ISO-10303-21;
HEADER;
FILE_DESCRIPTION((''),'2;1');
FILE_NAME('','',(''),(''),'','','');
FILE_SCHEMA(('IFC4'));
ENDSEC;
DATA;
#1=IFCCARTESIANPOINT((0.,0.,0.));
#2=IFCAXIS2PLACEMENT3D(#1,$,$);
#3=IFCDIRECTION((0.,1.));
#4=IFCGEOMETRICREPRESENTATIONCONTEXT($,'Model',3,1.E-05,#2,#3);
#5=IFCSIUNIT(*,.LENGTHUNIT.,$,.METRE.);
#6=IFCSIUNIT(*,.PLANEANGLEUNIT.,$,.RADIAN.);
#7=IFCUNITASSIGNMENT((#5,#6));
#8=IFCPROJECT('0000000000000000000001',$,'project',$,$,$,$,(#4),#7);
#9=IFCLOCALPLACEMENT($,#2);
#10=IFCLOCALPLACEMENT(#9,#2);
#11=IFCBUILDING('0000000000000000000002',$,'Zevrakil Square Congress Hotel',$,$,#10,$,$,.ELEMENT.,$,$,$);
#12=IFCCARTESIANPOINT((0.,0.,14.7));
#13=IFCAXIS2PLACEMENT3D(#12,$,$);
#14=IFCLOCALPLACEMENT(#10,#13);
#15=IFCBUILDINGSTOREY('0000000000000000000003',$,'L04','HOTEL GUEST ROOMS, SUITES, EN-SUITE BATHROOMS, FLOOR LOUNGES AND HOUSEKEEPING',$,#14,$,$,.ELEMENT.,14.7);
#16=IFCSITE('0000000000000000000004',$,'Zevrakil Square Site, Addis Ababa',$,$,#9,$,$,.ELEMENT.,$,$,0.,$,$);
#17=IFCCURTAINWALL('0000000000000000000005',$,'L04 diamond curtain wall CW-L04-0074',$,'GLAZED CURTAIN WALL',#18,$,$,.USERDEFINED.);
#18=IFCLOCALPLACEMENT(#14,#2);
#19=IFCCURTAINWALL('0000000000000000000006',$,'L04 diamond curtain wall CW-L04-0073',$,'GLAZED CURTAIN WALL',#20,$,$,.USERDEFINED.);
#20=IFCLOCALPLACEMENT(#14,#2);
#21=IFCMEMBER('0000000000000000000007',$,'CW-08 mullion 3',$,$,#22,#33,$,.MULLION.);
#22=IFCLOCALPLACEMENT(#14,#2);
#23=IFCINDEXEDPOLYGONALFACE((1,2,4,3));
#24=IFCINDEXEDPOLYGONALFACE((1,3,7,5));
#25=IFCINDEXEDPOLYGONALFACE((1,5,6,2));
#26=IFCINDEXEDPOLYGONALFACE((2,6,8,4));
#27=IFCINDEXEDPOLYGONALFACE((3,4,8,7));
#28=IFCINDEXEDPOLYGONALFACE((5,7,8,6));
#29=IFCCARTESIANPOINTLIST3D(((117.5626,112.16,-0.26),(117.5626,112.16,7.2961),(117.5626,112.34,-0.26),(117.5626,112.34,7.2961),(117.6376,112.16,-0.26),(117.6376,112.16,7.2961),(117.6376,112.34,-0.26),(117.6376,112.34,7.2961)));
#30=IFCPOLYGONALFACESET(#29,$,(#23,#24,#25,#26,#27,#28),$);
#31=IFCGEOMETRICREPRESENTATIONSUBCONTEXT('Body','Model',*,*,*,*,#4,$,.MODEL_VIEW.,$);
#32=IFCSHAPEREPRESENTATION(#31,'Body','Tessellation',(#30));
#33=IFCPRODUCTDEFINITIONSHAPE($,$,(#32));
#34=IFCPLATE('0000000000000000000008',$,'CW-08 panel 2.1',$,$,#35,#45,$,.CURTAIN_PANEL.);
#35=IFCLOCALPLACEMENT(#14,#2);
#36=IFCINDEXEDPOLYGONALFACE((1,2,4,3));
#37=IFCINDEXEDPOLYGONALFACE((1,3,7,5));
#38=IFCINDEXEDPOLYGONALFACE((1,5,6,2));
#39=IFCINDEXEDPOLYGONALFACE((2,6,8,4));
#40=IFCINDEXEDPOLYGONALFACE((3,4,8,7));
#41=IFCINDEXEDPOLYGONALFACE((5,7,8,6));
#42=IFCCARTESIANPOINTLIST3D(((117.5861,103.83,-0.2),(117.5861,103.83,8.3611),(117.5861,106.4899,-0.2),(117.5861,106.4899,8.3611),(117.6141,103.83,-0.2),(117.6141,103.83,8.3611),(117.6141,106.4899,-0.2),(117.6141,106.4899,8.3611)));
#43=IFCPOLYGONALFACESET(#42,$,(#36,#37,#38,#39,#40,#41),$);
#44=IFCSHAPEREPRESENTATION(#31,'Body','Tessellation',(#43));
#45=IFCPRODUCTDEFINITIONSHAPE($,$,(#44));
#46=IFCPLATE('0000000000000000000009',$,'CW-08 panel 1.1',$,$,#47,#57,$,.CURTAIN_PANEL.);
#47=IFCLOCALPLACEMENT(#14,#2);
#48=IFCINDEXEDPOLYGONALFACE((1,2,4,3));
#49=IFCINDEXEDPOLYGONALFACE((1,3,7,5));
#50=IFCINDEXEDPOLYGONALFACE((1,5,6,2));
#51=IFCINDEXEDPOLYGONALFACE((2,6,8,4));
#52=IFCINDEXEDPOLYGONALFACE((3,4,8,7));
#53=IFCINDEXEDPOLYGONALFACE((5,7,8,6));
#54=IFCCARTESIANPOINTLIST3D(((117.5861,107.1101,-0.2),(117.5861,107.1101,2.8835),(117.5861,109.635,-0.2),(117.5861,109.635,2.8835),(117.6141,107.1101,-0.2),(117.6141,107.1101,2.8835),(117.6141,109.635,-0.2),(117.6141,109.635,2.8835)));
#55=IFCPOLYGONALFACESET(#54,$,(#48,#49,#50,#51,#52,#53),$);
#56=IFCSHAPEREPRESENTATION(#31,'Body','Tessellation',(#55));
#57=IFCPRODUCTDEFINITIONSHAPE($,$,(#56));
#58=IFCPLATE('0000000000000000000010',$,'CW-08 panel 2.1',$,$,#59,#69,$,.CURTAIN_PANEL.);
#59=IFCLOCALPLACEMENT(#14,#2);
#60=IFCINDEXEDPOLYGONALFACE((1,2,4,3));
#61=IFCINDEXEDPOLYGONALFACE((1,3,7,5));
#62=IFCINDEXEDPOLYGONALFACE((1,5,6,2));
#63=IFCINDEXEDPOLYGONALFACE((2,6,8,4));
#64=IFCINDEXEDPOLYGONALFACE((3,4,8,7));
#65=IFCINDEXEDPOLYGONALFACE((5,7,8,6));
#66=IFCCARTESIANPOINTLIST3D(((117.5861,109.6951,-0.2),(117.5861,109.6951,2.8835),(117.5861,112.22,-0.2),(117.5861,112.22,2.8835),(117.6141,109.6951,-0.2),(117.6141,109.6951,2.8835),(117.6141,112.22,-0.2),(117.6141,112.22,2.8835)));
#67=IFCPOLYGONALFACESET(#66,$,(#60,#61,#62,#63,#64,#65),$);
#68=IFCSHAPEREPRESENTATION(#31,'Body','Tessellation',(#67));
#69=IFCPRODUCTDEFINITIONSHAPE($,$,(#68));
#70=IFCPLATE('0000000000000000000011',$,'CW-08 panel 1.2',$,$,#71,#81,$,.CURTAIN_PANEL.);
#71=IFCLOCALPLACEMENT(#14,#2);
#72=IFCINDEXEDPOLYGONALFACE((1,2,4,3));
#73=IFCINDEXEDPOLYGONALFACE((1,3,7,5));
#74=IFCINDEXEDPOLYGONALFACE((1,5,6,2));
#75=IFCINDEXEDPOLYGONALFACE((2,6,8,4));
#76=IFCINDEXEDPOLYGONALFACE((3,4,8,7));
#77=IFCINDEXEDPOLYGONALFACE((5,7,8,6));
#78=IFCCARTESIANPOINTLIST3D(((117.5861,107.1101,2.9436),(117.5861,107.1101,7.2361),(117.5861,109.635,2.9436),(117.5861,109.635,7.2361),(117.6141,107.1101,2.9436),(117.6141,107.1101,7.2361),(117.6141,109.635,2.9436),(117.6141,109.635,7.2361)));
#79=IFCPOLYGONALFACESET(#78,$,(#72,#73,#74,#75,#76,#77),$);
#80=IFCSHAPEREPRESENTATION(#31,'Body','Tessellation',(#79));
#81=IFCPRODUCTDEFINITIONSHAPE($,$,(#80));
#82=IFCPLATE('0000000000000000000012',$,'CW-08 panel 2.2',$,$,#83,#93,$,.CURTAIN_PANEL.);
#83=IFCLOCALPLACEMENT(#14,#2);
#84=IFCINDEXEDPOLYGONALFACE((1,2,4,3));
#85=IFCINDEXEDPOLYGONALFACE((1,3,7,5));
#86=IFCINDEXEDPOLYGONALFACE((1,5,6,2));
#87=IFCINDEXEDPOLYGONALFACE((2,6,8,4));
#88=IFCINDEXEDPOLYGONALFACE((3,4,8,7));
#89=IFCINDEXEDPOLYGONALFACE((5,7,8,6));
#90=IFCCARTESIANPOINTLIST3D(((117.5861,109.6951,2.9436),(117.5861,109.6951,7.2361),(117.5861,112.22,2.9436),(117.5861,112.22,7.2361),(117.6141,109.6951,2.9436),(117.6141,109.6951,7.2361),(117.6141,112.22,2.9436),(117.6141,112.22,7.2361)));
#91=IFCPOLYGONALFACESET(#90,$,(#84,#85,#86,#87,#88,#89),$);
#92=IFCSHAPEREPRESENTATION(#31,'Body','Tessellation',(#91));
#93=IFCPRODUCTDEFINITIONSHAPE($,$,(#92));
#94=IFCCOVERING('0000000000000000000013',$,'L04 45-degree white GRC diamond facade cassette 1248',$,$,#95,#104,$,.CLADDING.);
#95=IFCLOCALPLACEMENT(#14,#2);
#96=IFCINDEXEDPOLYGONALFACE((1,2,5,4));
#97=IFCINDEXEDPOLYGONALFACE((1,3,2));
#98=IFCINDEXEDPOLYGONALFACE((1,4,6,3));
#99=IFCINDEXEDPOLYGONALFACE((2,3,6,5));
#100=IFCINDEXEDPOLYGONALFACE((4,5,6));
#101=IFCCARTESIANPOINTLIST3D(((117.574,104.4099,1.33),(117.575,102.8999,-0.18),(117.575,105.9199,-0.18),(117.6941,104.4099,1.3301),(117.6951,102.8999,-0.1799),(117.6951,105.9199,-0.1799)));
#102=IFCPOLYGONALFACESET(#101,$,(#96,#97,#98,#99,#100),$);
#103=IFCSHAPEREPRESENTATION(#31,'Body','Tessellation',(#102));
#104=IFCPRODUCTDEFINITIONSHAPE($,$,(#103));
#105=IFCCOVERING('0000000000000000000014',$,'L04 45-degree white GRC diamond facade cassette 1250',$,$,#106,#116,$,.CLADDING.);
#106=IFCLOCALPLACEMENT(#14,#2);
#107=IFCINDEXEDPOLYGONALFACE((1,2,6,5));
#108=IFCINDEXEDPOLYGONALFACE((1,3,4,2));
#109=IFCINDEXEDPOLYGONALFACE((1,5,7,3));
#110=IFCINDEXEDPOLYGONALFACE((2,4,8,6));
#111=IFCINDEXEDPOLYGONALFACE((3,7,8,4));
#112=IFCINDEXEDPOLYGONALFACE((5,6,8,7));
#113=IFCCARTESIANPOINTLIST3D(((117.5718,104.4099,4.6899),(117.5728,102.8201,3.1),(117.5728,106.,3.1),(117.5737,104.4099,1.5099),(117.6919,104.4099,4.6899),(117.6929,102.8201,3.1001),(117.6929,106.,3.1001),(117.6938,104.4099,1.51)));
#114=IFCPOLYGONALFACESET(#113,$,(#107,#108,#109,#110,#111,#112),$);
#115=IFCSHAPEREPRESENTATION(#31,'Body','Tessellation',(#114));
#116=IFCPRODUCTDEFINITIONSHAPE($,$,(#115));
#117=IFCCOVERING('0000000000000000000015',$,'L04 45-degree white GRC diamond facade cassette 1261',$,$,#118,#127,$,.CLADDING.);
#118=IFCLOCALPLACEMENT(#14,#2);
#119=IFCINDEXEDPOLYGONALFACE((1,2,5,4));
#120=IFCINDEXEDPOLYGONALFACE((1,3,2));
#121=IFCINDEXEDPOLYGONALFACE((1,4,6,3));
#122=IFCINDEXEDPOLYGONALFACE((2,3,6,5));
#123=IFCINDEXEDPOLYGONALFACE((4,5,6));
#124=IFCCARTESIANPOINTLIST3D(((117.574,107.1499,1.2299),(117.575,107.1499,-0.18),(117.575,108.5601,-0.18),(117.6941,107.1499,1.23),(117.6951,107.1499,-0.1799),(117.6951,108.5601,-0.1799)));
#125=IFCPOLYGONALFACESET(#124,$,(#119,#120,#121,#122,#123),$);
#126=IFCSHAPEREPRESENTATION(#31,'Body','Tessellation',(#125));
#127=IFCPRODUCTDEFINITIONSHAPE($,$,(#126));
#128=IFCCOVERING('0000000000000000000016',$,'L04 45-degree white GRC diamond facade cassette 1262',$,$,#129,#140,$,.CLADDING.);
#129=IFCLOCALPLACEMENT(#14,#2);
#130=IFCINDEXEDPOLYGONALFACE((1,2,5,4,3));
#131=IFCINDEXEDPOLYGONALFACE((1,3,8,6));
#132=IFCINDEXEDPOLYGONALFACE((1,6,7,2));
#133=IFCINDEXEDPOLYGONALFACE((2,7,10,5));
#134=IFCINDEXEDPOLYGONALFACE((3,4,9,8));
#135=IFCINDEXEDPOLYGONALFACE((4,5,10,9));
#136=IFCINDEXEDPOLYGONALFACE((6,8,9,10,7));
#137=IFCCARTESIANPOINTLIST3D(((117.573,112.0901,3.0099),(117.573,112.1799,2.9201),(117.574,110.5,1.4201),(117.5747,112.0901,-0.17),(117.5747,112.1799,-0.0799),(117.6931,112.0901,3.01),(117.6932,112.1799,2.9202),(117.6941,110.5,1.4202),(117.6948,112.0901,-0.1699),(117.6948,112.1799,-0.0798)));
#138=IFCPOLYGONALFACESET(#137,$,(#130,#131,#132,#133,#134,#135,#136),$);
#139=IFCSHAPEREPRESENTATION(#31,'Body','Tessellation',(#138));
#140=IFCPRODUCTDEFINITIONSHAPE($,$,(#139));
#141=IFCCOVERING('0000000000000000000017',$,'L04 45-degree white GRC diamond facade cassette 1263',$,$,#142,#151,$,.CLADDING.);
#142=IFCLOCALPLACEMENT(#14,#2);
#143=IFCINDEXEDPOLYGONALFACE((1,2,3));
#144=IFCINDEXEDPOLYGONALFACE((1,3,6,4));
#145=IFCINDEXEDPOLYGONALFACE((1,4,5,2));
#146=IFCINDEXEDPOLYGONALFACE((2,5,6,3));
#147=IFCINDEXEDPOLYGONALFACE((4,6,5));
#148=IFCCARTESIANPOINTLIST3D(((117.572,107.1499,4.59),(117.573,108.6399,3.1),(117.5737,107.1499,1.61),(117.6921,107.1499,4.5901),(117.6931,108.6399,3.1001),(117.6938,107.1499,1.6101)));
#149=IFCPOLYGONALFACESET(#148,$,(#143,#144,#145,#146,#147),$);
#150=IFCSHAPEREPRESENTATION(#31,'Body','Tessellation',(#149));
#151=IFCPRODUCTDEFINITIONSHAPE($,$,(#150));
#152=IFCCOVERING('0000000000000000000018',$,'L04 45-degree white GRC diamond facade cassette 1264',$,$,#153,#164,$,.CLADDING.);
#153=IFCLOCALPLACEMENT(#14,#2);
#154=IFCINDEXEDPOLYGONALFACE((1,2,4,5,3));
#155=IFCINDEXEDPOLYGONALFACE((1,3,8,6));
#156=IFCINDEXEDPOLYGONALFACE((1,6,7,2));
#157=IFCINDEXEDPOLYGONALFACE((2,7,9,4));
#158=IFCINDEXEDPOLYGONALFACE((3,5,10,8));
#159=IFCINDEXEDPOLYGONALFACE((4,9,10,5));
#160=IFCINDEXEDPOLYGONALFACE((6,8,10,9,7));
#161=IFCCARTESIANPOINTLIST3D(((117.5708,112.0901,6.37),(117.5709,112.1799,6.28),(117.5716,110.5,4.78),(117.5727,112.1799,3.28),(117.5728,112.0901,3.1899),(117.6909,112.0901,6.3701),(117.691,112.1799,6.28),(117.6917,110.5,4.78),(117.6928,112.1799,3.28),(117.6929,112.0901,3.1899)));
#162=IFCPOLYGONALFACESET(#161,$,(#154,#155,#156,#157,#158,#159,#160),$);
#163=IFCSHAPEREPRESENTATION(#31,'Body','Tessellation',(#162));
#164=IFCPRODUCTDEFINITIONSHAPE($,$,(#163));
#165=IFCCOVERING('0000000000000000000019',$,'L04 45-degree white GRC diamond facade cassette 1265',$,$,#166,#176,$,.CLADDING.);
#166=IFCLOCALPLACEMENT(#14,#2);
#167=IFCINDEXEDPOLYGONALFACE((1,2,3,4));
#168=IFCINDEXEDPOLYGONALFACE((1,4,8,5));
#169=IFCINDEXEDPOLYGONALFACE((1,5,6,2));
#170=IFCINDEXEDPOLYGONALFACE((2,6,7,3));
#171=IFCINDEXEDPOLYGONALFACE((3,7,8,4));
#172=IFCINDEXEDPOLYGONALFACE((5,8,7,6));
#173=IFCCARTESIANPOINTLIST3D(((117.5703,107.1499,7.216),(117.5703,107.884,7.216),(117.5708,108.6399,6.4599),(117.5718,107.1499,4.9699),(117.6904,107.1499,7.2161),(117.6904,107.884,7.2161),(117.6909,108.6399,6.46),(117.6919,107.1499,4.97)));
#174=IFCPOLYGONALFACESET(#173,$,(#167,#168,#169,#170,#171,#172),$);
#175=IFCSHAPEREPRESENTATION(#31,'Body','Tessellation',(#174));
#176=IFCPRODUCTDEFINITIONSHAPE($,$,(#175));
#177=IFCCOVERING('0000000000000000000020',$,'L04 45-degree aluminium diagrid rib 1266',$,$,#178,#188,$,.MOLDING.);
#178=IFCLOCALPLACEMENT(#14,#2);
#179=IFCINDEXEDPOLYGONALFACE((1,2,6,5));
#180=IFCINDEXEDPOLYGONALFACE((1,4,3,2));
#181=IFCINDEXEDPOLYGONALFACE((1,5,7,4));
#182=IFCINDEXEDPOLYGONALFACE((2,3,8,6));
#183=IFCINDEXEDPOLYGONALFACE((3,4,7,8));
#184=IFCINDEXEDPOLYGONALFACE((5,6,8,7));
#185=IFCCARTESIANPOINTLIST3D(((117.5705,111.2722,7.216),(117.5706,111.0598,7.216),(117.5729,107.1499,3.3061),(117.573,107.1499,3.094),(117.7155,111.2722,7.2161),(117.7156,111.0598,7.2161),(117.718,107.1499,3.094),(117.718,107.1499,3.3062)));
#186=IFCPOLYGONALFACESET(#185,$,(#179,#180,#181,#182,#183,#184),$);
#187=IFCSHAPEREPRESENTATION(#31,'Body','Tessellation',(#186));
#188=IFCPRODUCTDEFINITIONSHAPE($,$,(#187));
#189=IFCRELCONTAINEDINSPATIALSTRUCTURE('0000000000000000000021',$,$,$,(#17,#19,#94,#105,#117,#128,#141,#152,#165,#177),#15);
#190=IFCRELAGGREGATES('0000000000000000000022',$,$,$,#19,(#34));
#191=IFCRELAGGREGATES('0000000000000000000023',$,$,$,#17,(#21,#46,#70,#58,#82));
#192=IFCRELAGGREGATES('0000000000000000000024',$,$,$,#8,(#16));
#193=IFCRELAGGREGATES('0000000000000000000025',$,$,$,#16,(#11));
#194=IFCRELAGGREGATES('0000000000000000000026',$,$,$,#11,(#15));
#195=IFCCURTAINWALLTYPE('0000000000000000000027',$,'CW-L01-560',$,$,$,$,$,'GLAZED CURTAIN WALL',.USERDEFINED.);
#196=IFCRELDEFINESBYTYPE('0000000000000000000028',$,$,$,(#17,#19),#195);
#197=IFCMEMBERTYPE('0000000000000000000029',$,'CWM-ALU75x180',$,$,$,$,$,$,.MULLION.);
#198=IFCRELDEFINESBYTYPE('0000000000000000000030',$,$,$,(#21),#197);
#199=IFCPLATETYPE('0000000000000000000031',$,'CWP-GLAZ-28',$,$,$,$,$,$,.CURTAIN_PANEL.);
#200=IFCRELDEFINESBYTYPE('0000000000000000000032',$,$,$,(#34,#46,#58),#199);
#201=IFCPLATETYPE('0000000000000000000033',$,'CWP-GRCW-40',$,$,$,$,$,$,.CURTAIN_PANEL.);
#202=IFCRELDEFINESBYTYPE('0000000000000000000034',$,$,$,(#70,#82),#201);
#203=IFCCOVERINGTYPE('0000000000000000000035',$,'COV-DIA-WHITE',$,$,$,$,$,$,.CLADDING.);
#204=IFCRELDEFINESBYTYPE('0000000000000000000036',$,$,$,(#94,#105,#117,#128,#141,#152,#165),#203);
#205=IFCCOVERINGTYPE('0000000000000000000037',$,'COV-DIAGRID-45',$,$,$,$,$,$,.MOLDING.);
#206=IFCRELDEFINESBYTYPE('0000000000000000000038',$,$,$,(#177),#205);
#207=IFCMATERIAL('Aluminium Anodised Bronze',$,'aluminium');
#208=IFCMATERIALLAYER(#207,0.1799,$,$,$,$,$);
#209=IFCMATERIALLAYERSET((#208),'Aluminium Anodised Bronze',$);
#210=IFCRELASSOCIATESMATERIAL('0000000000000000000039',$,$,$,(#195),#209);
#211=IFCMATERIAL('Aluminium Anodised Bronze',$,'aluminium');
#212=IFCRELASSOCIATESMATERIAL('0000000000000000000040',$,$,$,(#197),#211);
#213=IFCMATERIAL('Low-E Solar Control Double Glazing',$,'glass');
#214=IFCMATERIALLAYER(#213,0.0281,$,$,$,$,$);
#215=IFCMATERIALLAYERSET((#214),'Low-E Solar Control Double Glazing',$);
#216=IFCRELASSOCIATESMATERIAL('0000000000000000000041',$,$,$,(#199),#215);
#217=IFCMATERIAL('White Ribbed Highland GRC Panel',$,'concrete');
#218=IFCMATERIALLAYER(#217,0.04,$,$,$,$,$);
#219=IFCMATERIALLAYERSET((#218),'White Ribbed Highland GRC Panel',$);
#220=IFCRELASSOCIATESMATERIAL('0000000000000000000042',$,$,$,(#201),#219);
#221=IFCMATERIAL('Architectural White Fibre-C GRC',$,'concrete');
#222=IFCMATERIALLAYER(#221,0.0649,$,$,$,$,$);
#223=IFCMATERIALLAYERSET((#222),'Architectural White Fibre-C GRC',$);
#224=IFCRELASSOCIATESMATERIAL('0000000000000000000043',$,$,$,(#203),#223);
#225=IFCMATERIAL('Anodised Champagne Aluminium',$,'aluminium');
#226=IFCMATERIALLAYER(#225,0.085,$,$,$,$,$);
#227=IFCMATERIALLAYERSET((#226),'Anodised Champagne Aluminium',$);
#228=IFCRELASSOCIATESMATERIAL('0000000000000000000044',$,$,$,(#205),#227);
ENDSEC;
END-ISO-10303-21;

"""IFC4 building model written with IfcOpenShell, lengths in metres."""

from ifc_helpers import new_model, si_unit, direction, frame, origin, origin_2d, place, context, subcontext, project, spatial, polyline, rectangle, outline, extrude, material, layer, layer_set, material_profile, profile_set, type_object, element, aggregate, save


model = new_model("IFC4")

# Units and contexts
model_context = context("Model", 3, precision=1e-05, world=origin(), true_north=direction((0.0, 1.0)))
body_context = subcontext(model_context, "Body", "Model", "MODEL_VIEW")
ifc_project = project(units=[si_unit("LENGTHUNIT", "METRE"), si_unit("PLANEANGLEUNIT", "RADIAN")], contexts=[model_context])

# Site, building, storey
site_placement = place(None, origin())
site = spatial("IfcSite", under=ifc_project, at=site_placement, Name="Zevrakil Square Site, Addis Ababa", CompositionType="ELEMENT", RefElevation=0.0)
building_placement = place(site_placement, origin())
building = spatial("IfcBuilding", under=site, at=building_placement, Name="Zevrakil Square Congress Hotel", CompositionType="ELEMENT")
storey_placement = place(building_placement, frame((0.0, 0.0, 14.7)))
storey = spatial("IfcBuildingStorey", under=building, at=storey_placement, Name="L04", Description="HOTEL GUEST ROOMS, SUITES, EN-SUITE BATHROOMS, FLOOR LOUNGES AND HOUSEKEEPING", CompositionType="ELEMENT", Elevation=14.7)

# Curtain wall
ifc_material_1 = material(Name="Aluminium Anodised Bronze", Category="aluminium")
ifc_layer_1 = layer(ifc_material_1, 0.1799)
ifc_layer_set_1 = layer_set([ifc_layer_1], Name="Aluminium Anodised Bronze")
curtain_wall_type = type_object("IfcCurtainWallType", Name="CW-L01-560", ElementType="GLAZED CURTAIN WALL", PredefinedType="USERDEFINED", material=ifc_layer_set_1)
curtain_wall_1_placement = place(storey_placement, origin())
curtain_wall_1 = element("IfcCurtainWall", 1, at=curtain_wall_1_placement, inside=storey, type_object=curtain_wall_type, Name="L04 diamond curtain wall CW-L04-0074", ObjectType="GLAZED CURTAIN WALL", PredefinedType="USERDEFINED")

# Curtain wall
curtain_wall_2_placement = place(storey_placement, origin())
curtain_wall_2 = element("IfcCurtainWall", 2, at=curtain_wall_2_placement, inside=storey, type_object=curtain_wall_type, Name="L04 diamond curtain wall CW-L04-0073", ObjectType="GLAZED CURTAIN WALL", PredefinedType="USERDEFINED")
ifc_material_2 = material(Name="Aluminium Anodised Bronze", Category="aluminium")
ifc_material_profile_1 = material_profile(ifc_material_2, rectangle(XDim=0.075, YDim=0.1799, at=origin_2d()), Name="ALU 75x180")
ifc_profile_set_1 = profile_set([ifc_material_profile_1], Name="Aluminium Anodised Bronze")
member_type_1 = type_object("IfcMemberType", Name="CWM-ALU75x180", PredefinedType="MULLION", material=ifc_profile_set_1)

# Member
member_1_placement = place(storey_placement, frame((117.6001, 112.25, -0.26), z_axis=(0.0, 0.0, 1.0), x_axis=(-1.0, 0.0, 0.0)))
member_1 = element("IfcMember", 3, at=member_1_placement, type_object=member_type_1, Name="CW-08 mullion 3", PredefinedType="MULLION", context=body_context, shape_type="SweptSolid", body=[
    extrude(rectangle(XDim=0.075, YDim=0.1799, at=origin_2d()), origin(), (0.0, 0.0, 1.0), 7.5562),
])

# Plates
ifc_material_3 = material(Name="Low-E Solar Control Double Glazing", Category="glass")
ifc_layer_2 = layer(ifc_material_3, 0.0281)
ifc_layer_set_2 = layer_set([ifc_layer_2], Name="Low-E Solar Control Double Glazing")
plate_type_1 = type_object("IfcPlateType", Name="CWP-GLAZ-28", PredefinedType="CURTAIN_PANEL", material=ifc_layer_set_2)
plate_1_placement = place(storey_placement, frame((117.6001, 105.1599, -0.2), z_axis=(0.0, 0.0, 1.0), x_axis=(0.0, 1.0, 0.0)))
plate_1 = element("IfcPlate", 4, at=plate_1_placement, type_object=plate_type_1, Name="CW-08 panel 2.1", PredefinedType="CURTAIN_PANEL", context=body_context, shape_type="SweptSolid", body=[
    extrude(rectangle(XDim=2.6599, YDim=0.0281, at=origin_2d()), origin(), (0.0, 0.0, 1.0), 8.561),
])
aggregate(curtain_wall_2, [plate_1])
plate_2_placement = place(storey_placement, frame((117.6001, 108.3726, -0.2), z_axis=(0.0, 0.0, 1.0), x_axis=(0.0, 1.0, 0.0)))
plate_2 = element("IfcPlate", 5, at=plate_2_placement, type_object=plate_type_1, Name="CW-08 panel 1.1", PredefinedType="CURTAIN_PANEL", context=body_context, shape_type="SweptSolid", body=[
    extrude(rectangle(XDim=2.5249, YDim=0.0281, at=origin_2d()), origin(), (0.0, 0.0, 1.0), 3.0835),
])
plate_3_placement = place(storey_placement, frame((117.6001, 110.9575, -0.2), z_axis=(0.0, 0.0, 1.0), x_axis=(0.0, 1.0, 0.0)))
plate_3 = element("IfcPlate", 6, at=plate_3_placement, type_object=plate_type_1, Name="CW-08 panel 2.1", PredefinedType="CURTAIN_PANEL", context=body_context, shape_type="SweptSolid", body=[
    extrude(rectangle(XDim=2.5249, YDim=0.0281, at=origin_2d()), origin(), (0.0, 0.0, 1.0), 3.0835),
])
ifc_material_4 = material(Name="White Ribbed Highland GRC Panel", Category="concrete")
ifc_layer_3 = layer(ifc_material_4, 0.04)
ifc_layer_set_3 = layer_set([ifc_layer_3], Name="White Ribbed Highland GRC Panel")
plate_type_2 = type_object("IfcPlateType", Name="CWP-GRCW-40", PredefinedType="CURTAIN_PANEL", material=ifc_layer_set_3)
plate_4_placement = place(storey_placement, frame((117.6001, 108.3726, 2.9436), z_axis=(0.0, 0.0, 1.0), x_axis=(0.0, 1.0, 0.0)))
plate_4 = element("IfcPlate", 7, at=plate_4_placement, type_object=plate_type_2, Name="CW-08 panel 1.2", PredefinedType="CURTAIN_PANEL", context=body_context, shape_type="SweptSolid", body=[
    extrude(rectangle(XDim=2.5249, YDim=0.0281, at=origin_2d()), origin(), (0.0, 0.0, 1.0), 4.2925),
])
plate_5_placement = place(storey_placement, frame((117.6001, 110.9575, 2.9436), z_axis=(0.0, 0.0, 1.0), x_axis=(0.0, 1.0, 0.0)))
plate_5 = element("IfcPlate", 8, at=plate_5_placement, type_object=plate_type_2, Name="CW-08 panel 2.2", PredefinedType="CURTAIN_PANEL", context=body_context, shape_type="SweptSolid", body=[
    extrude(rectangle(XDim=2.5249, YDim=0.0281, at=origin_2d()), origin(), (0.0, 0.0, 1.0), 4.2925),
])
aggregate(curtain_wall_1, [member_1, plate_2, plate_4, plate_3, plate_5])

# Coverings
ifc_material_5 = material(Name="Architectural White Fibre-C GRC", Category="concrete")
ifc_layer_4 = layer(ifc_material_5, 0.0649)
ifc_layer_set_4 = layer_set([ifc_layer_4], Name="Architectural White Fibre-C GRC")
covering_type_1 = type_object("IfcCoveringType", Name="COV-DIA-WHITE", PredefinedType="CLADDING", material=ifc_layer_set_4)
covering_1_placement = place(storey_placement, frame((117.6941, 104.4099, 1.3301), z_axis=(1.0, 0.0, 0.000647), x_axis=(0.000457, 0.707107, -0.707107)))
element("IfcCovering", 9, at=covering_1_placement, inside=storey, type_object=covering_type_1, Name="L04 45-degree white GRC diamond facade cassette 1248", PredefinedType="CLADDING", context=body_context, shape_type="SweptSolid", body=[
    extrude(outline(polyline([(0.0, 0.0), (2.1355, 0.0), (0.0, -2.1355), (0.0, 0.0)])), origin(), (0.0, 0.0, -1.0), 0.1201),
])
covering_2_placement = place(storey_placement, frame((117.6919, 104.4099, 4.6899), z_axis=(1.0, 0.0, 0.000614), x_axis=(0.000434, 0.707161, -0.707052)))
element("IfcCovering", 10, at=covering_2_placement, inside=storey, type_object=covering_type_1, Name="L04 45-degree white GRC diamond facade cassette 1250", PredefinedType="CLADDING", context=body_context, shape_type="SweptSolid", body=[
    extrude(outline(polyline([(0.0, 0.0), (2.2486, 0.0), (2.2484, -2.2487), (-0.0002, -2.2484), (0.0, 0.0)])), origin(), (0.0, 0.0, -1.0), 0.1201),
])
covering_3_placement = place(storey_placement, frame((117.6951, 108.5601, -0.1799), z_axis=(1.0, 0.0, 0.000693), x_axis=(0.0, -1.0, 0.0)))
element("IfcCovering", 11, at=covering_3_placement, inside=storey, type_object=covering_type_1, Name="L04 45-degree white GRC diamond facade cassette 1261", PredefinedType="CLADDING", context=body_context, shape_type="SweptSolid", body=[
    extrude(outline(polyline([(0.0, 0.0), (1.4102, 0.0), (1.4102, -1.4099), (0.0, 0.0)])), origin(), (0.0, 0.0, -1.0), 0.1201),
])
covering_4_placement = place(storey_placement, frame((117.6948, 112.0901, -0.1699), z_axis=(1.0, 0.000069, 0.000539), x_axis=(-0.000332, -0.707107, 0.707107)))
element("IfcCovering", 12, at=covering_4_placement, inside=storey, type_object=covering_type_1, Name="L04 45-degree white GRC diamond facade cassette 1262", PredefinedType="CLADDING", context=body_context, shape_type="SweptSolid", body=[
    extrude(outline(polyline([(0.0, 0.0), (2.2487, 0.0), (2.2486, -2.2486), (2.1215, -2.2486), (0.0002, -0.1272), (0.0, 0.0)])), origin(), (0.0, 0.0, -1.0), 0.1201),
])
covering_5_placement = place(storey_placement, frame((117.6931, 108.6399, 3.1001), z_axis=(1.0, -0.000082, 0.000573), x_axis=(0.000348, -0.707107, -0.707107)))
element("IfcCovering", 13, at=covering_5_placement, inside=storey, type_object=covering_type_1, Name="L04 45-degree white GRC diamond facade cassette 1263", PredefinedType="CLADDING", context=body_context, shape_type="SweptSolid", body=[
    extrude(outline(polyline([(0.0, 0.0), (2.1072, 0.0), (0.0, -2.1072), (0.0, 0.0)])), origin(), (0.0, 0.0, -1.0), 0.1201),
])
covering_6_placement = place(storey_placement, frame((117.6929, 112.0901, 3.1899), z_axis=(1.0, -0.000134, 0.000612), x_axis=(-0.000528, -0.707107, 0.707107)))
element("IfcCovering", 14, at=covering_6_placement, inside=storey, type_object=covering_type_1, Name="L04 45-degree white GRC diamond facade cassette 1264", PredefinedType="CLADDING", context=body_context, shape_type="SweptSolid", body=[
    extrude(outline(polyline([(0.0, 0.0), (2.2487, 0.0), (2.2487, -2.2487), (2.1215, -2.2486), (0.0002, -0.1272), (0.0, 0.0)])), origin(), (0.0, 0.0, -1.0), 0.1201),
])
covering_7_placement = place(storey_placement, frame((117.6909, 108.6399, 6.46), z_axis=(1.0, 0.000003, 0.000651), x_axis=(0.000462, -0.707107, -0.707107)))
element("IfcCovering", 15, at=covering_7_placement, inside=storey, type_object=covering_type_1, Name="L04 45-degree white GRC diamond facade cassette 1265", PredefinedType="CLADDING", context=body_context, shape_type="SweptSolid", body=[
    extrude(outline(polyline([(0.0, 0.0), (2.1072, 0.0), (0.5189, -1.5882), (-0.0002, -1.0691), (0.0, 0.0)])), origin(), (0.0, 0.0, -1.0), 0.1201),
])
ifc_material_6 = material(Name="Anodised Champagne Aluminium", Category="aluminium")
ifc_layer_5 = layer(ifc_material_6, 0.085)
ifc_layer_set_5 = layer_set([ifc_layer_5], Name="Anodised Champagne Aluminium")
covering_type_2 = type_object("IfcCoveringType", Name="COV-DIAGRID-45", PredefinedType="MOLDING", material=ifc_layer_set_5)
covering_8_placement = place(storey_placement, frame((117.718, 107.1499, 3.094), z_axis=(1.0, 0.000304, 0.000304), x_axis=(-0.000304, 0.0, 1.0)))
element("IfcCovering", 16, at=covering_8_placement, inside=storey, type_object=covering_type_2, Name="L04 45-degree aluminium diagrid rib 1266", PredefinedType="MOLDING", context=body_context, shape_type="SweptSolid", body=[
    extrude(outline(polyline([(0.0, 0.0), (0.2122, 0.0), (4.1221, -3.9099), (4.1221, -4.1223), (0.0, 0.0)])), origin(), (0.0, 0.0, -1.0), 0.145),
])

save(model, "model.ifc")
